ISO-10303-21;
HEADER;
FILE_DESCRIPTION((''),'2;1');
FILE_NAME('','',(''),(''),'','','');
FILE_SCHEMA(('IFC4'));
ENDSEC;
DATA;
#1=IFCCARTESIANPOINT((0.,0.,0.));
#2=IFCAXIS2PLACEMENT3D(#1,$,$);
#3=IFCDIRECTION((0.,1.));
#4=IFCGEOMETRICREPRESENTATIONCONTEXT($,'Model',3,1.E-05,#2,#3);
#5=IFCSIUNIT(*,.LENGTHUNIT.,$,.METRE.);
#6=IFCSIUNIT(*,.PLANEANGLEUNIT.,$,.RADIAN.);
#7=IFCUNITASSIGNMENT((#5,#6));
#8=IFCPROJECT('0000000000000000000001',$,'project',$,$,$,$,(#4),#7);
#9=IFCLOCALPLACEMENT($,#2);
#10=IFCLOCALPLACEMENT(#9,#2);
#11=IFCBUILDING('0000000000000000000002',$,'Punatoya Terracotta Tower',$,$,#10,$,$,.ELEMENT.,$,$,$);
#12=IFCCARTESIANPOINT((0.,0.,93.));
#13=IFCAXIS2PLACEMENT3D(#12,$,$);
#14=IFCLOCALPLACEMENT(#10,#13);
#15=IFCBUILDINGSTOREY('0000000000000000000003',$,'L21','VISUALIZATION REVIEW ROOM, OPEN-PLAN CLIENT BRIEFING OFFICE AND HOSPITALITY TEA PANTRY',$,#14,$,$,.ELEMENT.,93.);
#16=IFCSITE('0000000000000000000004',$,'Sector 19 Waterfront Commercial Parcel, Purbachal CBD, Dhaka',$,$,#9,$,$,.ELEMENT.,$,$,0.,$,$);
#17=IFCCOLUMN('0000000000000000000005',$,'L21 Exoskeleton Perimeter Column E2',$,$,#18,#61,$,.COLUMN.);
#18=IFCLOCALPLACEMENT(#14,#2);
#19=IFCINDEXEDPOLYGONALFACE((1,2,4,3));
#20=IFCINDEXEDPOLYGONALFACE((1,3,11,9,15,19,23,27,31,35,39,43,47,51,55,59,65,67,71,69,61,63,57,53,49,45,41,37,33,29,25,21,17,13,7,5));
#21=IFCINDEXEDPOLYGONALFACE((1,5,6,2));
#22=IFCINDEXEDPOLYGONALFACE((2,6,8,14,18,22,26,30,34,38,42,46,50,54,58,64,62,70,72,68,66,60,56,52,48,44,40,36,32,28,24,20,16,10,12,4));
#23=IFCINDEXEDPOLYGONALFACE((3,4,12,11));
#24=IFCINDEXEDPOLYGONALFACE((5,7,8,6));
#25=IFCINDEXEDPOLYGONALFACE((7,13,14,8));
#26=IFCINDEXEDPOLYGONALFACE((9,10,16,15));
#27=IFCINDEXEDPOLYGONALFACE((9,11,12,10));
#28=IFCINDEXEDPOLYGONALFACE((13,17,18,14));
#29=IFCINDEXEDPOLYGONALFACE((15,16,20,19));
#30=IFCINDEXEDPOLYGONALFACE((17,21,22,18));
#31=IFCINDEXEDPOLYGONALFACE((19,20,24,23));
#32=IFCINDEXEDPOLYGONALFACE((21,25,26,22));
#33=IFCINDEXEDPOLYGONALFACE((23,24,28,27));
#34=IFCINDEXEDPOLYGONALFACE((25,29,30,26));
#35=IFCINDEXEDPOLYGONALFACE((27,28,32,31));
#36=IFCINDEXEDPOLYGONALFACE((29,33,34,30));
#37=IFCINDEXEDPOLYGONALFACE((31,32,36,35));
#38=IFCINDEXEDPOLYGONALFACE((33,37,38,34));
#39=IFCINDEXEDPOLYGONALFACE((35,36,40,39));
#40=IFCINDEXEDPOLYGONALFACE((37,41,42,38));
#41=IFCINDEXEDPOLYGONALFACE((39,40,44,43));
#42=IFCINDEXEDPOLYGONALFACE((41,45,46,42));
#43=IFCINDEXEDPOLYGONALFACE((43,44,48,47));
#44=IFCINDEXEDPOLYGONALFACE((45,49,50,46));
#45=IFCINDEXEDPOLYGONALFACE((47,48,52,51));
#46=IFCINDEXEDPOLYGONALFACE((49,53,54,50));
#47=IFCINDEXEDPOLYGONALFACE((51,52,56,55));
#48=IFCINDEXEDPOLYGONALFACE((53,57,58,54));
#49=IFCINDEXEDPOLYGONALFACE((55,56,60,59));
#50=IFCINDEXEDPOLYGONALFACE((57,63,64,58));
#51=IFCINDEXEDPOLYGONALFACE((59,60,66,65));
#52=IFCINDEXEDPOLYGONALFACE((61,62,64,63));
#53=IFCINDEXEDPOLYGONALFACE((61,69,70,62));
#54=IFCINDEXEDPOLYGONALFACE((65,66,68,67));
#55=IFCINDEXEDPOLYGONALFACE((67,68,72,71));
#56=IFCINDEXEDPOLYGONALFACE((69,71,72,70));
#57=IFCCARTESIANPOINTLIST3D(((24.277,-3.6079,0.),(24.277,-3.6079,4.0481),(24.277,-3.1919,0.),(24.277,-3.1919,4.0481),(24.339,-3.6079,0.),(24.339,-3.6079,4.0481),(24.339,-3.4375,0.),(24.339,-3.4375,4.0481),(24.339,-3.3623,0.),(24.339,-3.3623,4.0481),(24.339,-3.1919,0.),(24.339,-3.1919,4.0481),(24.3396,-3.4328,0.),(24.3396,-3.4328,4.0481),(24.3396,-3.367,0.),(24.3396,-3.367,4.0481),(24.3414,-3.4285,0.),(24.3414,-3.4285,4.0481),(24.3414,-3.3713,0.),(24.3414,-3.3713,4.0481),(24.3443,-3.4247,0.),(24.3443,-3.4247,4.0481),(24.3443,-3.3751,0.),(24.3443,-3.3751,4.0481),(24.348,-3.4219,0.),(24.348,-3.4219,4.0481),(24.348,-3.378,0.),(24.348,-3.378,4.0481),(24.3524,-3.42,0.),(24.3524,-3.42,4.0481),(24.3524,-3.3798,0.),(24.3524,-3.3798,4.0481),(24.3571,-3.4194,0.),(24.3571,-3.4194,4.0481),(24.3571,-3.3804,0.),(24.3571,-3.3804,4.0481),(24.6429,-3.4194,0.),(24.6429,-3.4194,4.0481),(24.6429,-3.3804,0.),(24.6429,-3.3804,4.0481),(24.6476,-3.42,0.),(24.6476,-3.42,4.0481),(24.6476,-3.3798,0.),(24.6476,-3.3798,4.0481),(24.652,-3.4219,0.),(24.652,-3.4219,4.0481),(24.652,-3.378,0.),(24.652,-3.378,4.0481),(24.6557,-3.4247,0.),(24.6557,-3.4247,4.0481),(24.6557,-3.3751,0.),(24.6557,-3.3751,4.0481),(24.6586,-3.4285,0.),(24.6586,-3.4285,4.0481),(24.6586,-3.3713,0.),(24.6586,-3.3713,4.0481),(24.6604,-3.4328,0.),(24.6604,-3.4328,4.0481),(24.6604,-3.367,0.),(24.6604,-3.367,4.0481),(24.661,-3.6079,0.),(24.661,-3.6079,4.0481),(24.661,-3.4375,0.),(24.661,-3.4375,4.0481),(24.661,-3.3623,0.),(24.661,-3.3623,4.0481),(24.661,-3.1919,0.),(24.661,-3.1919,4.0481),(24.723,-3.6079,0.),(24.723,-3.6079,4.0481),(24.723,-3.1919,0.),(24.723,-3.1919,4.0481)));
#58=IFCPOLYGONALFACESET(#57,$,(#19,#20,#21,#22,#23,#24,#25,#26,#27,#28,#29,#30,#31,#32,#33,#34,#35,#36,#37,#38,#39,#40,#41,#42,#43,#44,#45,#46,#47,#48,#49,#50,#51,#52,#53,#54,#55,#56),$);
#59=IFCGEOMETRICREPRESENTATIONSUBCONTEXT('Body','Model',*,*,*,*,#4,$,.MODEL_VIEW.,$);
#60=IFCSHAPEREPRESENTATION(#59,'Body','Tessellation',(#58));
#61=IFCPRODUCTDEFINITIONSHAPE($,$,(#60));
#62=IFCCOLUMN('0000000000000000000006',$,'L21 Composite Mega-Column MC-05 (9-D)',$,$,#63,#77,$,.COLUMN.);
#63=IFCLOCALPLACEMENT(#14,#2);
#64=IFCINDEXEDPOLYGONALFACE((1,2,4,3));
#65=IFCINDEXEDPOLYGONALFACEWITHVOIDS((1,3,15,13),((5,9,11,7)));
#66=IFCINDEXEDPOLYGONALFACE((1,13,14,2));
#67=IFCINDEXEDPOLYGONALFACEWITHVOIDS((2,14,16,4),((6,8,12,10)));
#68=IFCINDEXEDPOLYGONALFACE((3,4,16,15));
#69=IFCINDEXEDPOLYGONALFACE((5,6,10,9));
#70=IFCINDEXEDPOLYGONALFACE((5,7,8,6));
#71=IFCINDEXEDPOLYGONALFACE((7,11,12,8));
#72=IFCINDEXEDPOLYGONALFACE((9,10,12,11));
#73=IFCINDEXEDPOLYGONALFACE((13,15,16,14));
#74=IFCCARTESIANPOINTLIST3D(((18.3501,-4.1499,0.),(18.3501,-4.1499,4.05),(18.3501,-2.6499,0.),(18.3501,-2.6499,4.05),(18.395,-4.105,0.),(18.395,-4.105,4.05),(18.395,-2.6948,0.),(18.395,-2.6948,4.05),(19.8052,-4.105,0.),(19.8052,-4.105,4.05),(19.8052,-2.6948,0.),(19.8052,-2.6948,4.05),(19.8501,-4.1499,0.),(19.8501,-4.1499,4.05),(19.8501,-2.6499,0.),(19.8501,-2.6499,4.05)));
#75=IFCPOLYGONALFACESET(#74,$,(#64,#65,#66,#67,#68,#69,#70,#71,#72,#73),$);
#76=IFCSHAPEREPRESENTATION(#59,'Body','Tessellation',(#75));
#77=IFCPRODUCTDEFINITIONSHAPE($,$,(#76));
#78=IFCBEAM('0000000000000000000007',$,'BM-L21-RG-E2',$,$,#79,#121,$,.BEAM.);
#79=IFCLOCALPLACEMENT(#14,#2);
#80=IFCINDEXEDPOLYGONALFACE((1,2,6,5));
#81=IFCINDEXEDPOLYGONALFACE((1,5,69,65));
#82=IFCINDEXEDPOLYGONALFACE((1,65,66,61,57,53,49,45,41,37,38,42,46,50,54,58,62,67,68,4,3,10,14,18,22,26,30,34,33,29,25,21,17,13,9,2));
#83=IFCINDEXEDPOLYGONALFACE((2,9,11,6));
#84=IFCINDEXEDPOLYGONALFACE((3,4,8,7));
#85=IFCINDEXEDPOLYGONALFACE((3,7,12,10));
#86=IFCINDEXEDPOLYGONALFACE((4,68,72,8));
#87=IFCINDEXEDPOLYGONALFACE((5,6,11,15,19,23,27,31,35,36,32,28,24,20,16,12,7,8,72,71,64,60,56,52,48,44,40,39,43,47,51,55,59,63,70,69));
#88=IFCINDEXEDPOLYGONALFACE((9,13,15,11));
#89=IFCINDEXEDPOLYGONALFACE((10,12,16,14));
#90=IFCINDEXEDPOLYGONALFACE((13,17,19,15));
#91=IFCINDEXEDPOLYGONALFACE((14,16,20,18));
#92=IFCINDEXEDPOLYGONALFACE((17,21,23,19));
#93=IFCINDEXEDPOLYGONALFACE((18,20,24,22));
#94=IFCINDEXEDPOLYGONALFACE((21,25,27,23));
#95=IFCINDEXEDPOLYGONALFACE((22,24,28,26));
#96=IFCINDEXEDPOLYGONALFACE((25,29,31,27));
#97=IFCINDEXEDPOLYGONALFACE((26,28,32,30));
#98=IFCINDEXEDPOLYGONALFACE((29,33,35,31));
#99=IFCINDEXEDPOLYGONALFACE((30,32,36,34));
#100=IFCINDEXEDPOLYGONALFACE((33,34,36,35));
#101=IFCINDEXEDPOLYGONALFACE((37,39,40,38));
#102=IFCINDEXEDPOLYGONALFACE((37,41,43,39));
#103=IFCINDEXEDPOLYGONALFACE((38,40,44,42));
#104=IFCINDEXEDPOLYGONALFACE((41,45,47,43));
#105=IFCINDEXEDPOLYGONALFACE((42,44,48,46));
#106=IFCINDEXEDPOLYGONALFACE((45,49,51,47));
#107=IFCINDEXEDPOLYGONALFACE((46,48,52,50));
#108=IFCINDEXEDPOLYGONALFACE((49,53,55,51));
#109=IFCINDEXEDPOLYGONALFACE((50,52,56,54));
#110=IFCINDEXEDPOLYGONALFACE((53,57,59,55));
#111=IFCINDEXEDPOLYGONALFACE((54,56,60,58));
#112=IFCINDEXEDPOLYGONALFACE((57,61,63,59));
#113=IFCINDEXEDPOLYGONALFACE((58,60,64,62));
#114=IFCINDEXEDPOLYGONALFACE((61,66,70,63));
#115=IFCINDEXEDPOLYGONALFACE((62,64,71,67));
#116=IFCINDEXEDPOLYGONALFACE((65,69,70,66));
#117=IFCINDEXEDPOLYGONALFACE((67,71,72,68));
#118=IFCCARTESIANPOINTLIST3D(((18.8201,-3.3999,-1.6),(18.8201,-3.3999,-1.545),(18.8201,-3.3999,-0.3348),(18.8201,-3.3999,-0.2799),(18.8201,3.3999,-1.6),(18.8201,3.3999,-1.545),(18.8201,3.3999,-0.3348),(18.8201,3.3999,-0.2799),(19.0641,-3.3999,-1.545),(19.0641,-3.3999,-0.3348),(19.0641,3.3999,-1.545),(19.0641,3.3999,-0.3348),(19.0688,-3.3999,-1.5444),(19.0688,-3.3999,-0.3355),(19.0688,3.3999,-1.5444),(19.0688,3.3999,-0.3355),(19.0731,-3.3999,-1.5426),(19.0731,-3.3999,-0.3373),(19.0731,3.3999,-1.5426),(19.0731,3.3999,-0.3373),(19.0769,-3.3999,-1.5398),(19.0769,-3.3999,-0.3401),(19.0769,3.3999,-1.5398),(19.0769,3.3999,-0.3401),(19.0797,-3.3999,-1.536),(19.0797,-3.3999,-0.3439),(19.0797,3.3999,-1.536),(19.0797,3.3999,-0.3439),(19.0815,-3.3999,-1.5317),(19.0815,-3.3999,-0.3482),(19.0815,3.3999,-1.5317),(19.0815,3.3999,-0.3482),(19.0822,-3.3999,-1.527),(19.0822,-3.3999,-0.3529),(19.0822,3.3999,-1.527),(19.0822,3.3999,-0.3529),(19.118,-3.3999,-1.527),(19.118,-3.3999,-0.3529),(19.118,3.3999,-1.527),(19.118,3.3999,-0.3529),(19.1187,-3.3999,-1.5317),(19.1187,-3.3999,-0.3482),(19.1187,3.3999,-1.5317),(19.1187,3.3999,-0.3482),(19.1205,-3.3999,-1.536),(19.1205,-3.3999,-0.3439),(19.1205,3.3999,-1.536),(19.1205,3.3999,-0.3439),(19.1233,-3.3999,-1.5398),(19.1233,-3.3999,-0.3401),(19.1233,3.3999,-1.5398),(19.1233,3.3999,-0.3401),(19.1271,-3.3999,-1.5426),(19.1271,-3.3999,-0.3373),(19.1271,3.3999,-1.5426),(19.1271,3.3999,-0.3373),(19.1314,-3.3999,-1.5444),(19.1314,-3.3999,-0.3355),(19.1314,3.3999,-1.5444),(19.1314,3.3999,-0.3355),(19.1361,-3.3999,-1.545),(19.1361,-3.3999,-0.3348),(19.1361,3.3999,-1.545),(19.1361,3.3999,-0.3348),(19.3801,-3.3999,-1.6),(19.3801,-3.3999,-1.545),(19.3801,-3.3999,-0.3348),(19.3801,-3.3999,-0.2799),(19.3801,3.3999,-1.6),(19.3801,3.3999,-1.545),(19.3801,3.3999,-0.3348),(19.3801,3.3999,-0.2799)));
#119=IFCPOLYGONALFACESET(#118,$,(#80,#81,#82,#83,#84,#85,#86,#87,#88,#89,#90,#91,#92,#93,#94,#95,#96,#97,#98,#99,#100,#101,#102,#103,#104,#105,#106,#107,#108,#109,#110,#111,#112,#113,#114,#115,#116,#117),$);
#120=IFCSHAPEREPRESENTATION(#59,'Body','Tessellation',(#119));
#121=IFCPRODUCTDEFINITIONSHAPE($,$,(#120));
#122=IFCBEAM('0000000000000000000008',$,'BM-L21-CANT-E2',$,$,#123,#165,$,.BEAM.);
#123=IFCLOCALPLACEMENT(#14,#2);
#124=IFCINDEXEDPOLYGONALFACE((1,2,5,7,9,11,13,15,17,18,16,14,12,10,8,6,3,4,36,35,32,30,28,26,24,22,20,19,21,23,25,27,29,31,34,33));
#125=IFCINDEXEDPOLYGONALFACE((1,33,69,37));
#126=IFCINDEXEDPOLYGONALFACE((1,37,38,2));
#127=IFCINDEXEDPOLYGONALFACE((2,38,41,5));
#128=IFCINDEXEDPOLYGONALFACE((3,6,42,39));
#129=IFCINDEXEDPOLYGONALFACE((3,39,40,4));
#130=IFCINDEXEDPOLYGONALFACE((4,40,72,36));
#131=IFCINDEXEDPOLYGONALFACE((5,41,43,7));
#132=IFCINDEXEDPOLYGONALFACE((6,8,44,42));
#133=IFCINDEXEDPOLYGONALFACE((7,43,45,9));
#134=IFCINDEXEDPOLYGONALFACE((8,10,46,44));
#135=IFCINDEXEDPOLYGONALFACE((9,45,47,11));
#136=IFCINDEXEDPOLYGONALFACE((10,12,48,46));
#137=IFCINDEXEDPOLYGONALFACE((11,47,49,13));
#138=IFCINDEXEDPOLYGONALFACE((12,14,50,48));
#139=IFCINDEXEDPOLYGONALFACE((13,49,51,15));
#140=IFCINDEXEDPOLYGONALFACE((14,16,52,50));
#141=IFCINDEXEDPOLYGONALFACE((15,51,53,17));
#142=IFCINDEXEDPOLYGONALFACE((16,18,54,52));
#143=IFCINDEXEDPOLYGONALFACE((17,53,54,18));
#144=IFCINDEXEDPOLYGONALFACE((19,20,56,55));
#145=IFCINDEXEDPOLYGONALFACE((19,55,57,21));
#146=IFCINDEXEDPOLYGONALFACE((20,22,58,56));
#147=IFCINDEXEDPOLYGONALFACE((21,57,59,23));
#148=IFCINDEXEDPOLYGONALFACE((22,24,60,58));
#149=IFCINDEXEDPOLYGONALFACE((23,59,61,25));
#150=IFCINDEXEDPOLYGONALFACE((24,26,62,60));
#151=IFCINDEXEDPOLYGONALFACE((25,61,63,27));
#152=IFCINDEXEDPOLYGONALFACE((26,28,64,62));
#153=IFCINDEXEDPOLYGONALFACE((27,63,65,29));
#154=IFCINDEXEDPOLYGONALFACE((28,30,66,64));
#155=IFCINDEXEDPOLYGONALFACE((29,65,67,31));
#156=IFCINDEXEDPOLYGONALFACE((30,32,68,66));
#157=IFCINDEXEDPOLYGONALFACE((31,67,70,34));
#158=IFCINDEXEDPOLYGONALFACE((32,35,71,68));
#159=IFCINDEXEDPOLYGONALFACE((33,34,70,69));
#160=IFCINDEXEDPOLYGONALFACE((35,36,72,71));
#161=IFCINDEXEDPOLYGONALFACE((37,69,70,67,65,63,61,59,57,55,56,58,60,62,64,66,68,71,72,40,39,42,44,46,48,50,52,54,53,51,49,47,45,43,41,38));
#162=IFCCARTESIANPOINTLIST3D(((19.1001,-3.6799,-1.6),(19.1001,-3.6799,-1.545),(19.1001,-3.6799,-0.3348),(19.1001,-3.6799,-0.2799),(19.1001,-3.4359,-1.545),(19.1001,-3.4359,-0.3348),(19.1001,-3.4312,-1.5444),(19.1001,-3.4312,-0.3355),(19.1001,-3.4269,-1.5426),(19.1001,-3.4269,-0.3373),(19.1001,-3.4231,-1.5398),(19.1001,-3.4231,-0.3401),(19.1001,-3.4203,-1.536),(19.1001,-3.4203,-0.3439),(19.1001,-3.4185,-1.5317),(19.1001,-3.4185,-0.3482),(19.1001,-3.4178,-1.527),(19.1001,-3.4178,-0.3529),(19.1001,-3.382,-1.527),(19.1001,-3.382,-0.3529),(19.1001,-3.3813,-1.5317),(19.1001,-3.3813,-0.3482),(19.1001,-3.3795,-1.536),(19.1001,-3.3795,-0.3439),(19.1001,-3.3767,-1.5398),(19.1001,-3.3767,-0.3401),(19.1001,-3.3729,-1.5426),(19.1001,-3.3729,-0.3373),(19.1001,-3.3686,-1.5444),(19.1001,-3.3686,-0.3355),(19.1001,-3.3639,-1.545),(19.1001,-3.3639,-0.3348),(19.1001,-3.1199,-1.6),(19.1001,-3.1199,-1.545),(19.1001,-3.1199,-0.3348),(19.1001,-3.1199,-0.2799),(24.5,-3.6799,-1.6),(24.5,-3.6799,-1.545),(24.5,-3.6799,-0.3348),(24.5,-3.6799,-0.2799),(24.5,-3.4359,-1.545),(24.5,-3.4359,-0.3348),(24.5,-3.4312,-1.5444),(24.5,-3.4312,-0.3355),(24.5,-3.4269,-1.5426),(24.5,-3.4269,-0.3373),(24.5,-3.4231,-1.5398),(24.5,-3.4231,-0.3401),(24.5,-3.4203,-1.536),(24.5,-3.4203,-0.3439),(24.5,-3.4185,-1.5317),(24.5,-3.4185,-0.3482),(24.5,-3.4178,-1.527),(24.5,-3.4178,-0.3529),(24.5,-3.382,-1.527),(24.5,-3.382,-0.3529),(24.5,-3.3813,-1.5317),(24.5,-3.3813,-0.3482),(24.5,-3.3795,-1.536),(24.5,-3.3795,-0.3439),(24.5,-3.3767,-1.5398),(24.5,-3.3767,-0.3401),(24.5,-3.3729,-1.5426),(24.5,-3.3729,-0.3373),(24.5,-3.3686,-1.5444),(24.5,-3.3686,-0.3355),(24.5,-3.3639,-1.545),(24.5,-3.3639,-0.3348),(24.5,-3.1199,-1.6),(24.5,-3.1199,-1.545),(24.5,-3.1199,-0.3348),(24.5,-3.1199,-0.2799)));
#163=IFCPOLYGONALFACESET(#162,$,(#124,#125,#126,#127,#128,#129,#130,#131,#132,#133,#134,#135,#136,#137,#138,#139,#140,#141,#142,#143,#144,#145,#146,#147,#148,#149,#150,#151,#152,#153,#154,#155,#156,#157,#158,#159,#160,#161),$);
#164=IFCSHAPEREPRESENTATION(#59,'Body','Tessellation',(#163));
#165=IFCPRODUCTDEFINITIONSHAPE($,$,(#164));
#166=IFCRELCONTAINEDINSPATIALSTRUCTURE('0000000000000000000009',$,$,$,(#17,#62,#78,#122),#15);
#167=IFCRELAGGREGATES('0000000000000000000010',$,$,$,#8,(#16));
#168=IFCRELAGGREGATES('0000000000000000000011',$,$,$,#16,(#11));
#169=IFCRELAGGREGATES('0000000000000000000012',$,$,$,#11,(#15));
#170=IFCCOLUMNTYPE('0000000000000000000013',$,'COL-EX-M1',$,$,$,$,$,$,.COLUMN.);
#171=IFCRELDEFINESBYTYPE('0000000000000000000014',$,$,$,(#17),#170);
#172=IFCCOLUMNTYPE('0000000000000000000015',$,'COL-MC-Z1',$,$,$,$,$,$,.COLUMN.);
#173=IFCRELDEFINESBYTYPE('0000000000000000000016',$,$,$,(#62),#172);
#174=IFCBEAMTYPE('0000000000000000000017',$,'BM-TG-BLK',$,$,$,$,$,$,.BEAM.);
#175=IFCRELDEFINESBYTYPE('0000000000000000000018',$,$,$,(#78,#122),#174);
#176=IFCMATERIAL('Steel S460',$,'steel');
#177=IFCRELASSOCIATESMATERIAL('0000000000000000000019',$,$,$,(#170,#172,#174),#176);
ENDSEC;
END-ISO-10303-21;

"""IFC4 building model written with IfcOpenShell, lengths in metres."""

from ifc_helpers import new_model, si_unit, direction, frame, origin, origin_2d, place, context, subcontext, project, spatial, hollow_rectangle, i_section, extrude, material, material_profile, profile_set, type_object, element, save


model = new_model("IFC4")

# Units and contexts
model_context = context("Model", 3, precision=1e-05, world=origin(), true_north=direction((0.0, 1.0)))
body_context = subcontext(model_context, "Body", "Model", "MODEL_VIEW")
ifc_project = project(units=[si_unit("LENGTHUNIT", "METRE"), si_unit("PLANEANGLEUNIT", "RADIAN")], contexts=[model_context])

# Site, building, storey
site_placement = place(None, origin())
site = spatial("IfcSite", under=ifc_project, at=site_placement, Name="Sector 19 Waterfront Commercial Parcel, Purbachal CBD, Dhaka", CompositionType="ELEMENT", RefElevation=0.0)
building_placement = place(site_placement, origin())
building = spatial("IfcBuilding", under=site, at=building_placement, Name="Punatoya Terracotta Tower", CompositionType="ELEMENT")
storey_placement = place(building_placement, frame((0.0, 0.0, 93.0)))
storey = spatial("IfcBuildingStorey", under=building, at=storey_placement, Name="L21", Description="VISUALIZATION REVIEW ROOM, OPEN-PLAN CLIENT BRIEFING OFFICE AND HOSPITALITY TEA PANTRY", CompositionType="ELEMENT", Elevation=93.0)

# Columns
ifc_material_1 = material(Name="Steel S460", Category="steel")
ifc_material_profile_1 = material_profile(ifc_material_1, i_section(OverallWidth=0.416, OverallDepth=0.446, WebThickness=0.0391, FlangeThickness=0.062, FilletRadius=0.0181, at=origin_2d()))
ifc_profile_set_1 = profile_set([ifc_material_profile_1], Name="Steel S460")
column_type_1 = type_object("IfcColumnType", Name="COL-EX-M1", PredefinedType="COLUMN", material=ifc_profile_set_1)
column_1_placement = place(storey_placement, frame((24.5, -3.3999, 0.0), z_axis=(0.0, 0.0, 1.0), x_axis=(0.0, 1.0, 0.0)))
element("IfcColumn", 1, at=column_1_placement, inside=storey, type_object=column_type_1, Name="L21 Exoskeleton Perimeter Column E2", PredefinedType="COLUMN", context=body_context, shape_type="SweptSolid", body=[
    extrude(i_section(OverallWidth=0.416, OverallDepth=0.446, WebThickness=0.0391, FlangeThickness=0.062, FilletRadius=0.0181, at=origin_2d()), origin(), (0.0, 0.0, 1.0), 4.0481),
])
ifc_material_profile_2 = material_profile(ifc_material_1, hollow_rectangle(XDim=1.5, YDim=1.5, WallThickness=0.0449, at=origin_2d()))
ifc_profile_set_2 = profile_set([ifc_material_profile_2], Name="Steel S460")
column_type_2 = type_object("IfcColumnType", Name="COL-MC-Z1", PredefinedType="COLUMN", material=ifc_profile_set_2)
column_2_placement = place(storey_placement, frame((19.1001, -3.3999, 0.0), z_axis=(0.0, 0.0, 1.0), x_axis=(1.0, 0.0, 0.0)))
element("IfcColumn", 2, at=column_2_placement, inside=storey, type_object=column_type_2, Name="L21 Composite Mega-Column MC-05 (9-D)", PredefinedType="COLUMN", context=body_context, shape_type="SweptSolid", body=[
    extrude(hollow_rectangle(XDim=1.5, YDim=1.5, WallThickness=0.0449, at=origin_2d()), origin(), (0.0, 0.0, 1.0), 4.05),
])

# Beams
ifc_material_profile_3 = material_profile(ifc_material_1, i_section(OverallWidth=0.5601, OverallDepth=1.3201, WebThickness=0.0359, FlangeThickness=0.0549, FilletRadius=0.0181, at=origin_2d()))
ifc_profile_set_3 = profile_set([ifc_material_profile_3], Name="Steel S460")
beam_type = type_object("IfcBeamType", Name="BM-TG-BLK", PredefinedType="BEAM", material=ifc_profile_set_3)
beam_1_placement = place(storey_placement, frame((19.1001, -3.3999, -0.9399), z_axis=(0.0, 1.0, 0.0), x_axis=(-1.0, 0.0, 0.0)))
element("IfcBeam", 3, at=beam_1_placement, inside=storey, type_object=beam_type, Name="BM-L21-RG-E2", PredefinedType="BEAM", context=body_context, shape_type="SweptSolid", body=[
    extrude(i_section(OverallWidth=0.5601, OverallDepth=1.3201, WebThickness=0.0359, FlangeThickness=0.0549, FilletRadius=0.0181, at=origin_2d()), origin(), (0.0, 0.0, 1.0), 6.7998),
])
beam_2_placement = place(storey_placement, frame((19.1001, -3.3999, -0.9399), z_axis=(1.0, 0.0, 0.0), x_axis=(0.0, 1.0, 0.0)))
element("IfcBeam", 4, at=beam_2_placement, inside=storey, type_object=beam_type, Name="BM-L21-CANT-E2", PredefinedType="BEAM", context=body_context, shape_type="SweptSolid", body=[
    extrude(i_section(OverallWidth=0.5601, OverallDepth=1.3201, WebThickness=0.0359, FlangeThickness=0.0549, FilletRadius=0.0181, at=origin_2d()), origin(), (0.0, 0.0, 1.0), 5.3999),
])

save(model, "model.ifc")
